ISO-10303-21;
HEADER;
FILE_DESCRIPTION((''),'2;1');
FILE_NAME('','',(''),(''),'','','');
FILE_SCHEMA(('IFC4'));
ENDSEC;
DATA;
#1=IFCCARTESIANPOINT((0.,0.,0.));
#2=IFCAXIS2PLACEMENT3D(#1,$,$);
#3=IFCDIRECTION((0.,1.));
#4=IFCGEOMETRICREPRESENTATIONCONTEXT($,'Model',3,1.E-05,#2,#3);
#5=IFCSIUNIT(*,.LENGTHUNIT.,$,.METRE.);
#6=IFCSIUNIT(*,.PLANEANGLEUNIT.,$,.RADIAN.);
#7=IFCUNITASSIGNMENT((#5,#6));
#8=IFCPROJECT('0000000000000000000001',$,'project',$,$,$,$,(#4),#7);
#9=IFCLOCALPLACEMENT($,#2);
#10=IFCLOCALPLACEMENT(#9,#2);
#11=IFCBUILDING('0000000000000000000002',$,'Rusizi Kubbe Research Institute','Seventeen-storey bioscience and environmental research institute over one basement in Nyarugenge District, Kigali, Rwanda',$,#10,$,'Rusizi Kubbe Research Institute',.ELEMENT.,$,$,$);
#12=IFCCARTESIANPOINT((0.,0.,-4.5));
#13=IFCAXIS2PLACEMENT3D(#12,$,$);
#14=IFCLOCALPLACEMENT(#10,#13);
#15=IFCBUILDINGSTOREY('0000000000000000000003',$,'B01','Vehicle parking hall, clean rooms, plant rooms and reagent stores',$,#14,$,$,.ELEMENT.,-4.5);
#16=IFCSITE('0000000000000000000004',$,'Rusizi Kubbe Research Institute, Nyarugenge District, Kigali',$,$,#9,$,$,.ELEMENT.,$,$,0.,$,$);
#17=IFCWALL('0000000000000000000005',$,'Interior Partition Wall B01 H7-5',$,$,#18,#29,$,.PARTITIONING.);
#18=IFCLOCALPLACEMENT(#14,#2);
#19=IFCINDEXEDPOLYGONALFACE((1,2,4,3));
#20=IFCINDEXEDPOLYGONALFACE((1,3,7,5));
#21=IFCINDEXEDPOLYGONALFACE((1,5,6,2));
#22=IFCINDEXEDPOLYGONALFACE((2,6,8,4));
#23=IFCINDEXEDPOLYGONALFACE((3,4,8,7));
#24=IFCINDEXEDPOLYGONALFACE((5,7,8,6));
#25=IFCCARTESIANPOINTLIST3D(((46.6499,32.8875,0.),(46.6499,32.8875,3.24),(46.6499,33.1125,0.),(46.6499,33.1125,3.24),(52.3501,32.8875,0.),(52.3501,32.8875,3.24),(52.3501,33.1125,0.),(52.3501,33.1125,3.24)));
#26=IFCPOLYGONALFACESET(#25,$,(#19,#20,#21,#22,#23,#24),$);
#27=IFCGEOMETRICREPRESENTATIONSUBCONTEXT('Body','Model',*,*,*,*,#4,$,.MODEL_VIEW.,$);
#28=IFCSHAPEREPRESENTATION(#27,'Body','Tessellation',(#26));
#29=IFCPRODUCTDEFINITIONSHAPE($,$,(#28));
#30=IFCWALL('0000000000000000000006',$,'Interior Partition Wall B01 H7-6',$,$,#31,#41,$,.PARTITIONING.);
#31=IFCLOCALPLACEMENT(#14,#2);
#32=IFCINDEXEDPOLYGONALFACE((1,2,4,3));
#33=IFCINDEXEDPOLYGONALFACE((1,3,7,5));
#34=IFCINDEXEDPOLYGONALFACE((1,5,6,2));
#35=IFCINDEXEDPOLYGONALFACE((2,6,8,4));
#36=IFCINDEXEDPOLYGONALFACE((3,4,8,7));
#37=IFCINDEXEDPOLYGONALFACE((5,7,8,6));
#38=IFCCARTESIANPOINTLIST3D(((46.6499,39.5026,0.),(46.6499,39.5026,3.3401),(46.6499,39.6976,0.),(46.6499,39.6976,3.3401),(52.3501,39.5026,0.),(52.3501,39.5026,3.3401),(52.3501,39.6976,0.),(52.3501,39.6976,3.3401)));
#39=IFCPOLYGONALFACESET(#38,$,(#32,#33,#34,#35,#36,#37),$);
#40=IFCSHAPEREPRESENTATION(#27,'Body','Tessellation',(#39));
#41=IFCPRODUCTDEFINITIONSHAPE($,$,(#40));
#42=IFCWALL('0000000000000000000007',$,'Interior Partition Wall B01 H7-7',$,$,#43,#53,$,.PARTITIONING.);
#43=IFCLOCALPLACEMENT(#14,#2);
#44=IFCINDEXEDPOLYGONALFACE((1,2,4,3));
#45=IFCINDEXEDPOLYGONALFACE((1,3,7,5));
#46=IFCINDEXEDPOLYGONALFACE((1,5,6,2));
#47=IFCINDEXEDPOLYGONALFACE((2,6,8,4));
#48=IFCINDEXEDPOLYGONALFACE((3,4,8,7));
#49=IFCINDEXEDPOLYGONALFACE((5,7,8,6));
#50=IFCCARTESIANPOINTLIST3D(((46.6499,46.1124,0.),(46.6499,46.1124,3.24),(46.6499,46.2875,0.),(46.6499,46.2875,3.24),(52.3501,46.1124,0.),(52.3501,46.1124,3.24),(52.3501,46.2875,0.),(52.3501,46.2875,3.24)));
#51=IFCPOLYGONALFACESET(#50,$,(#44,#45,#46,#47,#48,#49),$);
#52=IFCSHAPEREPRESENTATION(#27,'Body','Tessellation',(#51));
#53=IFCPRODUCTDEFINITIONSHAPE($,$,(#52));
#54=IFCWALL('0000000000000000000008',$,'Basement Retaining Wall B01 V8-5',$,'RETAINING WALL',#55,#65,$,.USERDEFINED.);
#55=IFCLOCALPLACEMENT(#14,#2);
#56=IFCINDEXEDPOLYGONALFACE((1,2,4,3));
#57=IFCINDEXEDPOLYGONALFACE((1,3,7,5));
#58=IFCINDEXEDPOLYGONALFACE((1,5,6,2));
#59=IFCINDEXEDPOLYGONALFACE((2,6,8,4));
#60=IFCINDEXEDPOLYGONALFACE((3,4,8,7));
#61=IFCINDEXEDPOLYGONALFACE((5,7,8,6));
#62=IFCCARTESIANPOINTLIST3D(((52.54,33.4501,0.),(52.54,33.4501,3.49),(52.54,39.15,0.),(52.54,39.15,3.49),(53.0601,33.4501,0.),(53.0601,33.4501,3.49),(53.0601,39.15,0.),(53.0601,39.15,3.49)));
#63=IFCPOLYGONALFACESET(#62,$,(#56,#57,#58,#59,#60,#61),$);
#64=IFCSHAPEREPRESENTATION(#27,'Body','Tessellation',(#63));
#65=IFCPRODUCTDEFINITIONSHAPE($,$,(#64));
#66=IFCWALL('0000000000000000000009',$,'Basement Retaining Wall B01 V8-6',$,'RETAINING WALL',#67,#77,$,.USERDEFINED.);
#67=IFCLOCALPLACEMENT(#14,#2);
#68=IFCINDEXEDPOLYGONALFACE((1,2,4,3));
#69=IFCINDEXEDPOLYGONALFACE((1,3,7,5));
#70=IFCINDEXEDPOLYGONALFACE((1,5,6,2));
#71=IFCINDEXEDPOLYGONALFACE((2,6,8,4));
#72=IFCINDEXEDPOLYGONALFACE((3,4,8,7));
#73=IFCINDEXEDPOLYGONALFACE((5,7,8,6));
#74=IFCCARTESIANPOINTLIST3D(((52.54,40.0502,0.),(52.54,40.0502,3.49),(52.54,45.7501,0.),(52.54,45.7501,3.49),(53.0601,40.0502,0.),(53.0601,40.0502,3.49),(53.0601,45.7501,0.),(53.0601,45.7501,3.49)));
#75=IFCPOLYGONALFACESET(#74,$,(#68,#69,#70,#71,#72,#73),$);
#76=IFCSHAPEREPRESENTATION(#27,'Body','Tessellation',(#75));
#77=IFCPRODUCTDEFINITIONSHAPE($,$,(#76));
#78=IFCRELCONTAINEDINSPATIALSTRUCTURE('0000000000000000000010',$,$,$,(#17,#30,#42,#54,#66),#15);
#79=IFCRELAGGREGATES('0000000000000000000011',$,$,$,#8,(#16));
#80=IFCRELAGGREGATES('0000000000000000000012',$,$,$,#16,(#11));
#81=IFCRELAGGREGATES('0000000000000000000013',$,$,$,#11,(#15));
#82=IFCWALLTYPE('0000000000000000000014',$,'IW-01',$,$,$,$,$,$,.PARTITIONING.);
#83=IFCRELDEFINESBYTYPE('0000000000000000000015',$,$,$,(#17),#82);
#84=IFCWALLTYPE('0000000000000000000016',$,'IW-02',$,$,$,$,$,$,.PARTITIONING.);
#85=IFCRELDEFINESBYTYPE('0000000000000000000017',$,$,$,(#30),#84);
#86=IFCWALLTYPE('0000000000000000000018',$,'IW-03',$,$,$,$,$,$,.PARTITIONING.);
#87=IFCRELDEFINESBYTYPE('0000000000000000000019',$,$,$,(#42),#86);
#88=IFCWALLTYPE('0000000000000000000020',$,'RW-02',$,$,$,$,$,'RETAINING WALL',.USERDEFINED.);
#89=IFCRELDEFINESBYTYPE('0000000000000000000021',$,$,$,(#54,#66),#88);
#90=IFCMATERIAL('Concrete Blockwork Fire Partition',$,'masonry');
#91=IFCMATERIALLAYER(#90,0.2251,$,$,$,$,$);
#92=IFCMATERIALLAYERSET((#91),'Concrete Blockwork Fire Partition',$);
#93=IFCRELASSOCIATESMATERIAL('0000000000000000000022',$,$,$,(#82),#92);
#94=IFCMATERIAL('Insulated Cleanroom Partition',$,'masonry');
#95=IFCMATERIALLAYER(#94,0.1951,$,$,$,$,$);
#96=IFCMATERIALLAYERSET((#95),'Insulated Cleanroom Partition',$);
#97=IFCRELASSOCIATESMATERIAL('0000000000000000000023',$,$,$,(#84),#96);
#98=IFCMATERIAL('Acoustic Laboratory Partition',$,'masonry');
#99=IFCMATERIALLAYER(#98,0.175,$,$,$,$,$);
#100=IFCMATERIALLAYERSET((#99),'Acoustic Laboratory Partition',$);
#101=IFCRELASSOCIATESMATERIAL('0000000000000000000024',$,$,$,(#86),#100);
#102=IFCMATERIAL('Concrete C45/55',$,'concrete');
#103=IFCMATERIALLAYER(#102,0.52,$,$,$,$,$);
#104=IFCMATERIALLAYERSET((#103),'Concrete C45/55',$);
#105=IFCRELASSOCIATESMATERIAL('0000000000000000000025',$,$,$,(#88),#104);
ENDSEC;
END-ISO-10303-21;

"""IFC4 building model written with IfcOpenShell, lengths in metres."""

from ifc_helpers import new_model, si_unit, direction, frame, frame_2d, origin, place, context, subcontext, project, spatial, rectangle, extrude, material, layer, layer_set, type_object, element, save


model = new_model("IFC4")

# Units and contexts
model_context = context("Model", 3, precision=1e-05, world=origin(), true_north=direction((0.0, 1.0)))
body_context = subcontext(model_context, "Body", "Model", "MODEL_VIEW")
ifc_project = project(units=[si_unit("LENGTHUNIT", "METRE"), si_unit("PLANEANGLEUNIT", "RADIAN")], contexts=[model_context])

# Site, building, storey
site_placement = place(None, origin())
site = spatial("IfcSite", under=ifc_project, at=site_placement, Name="Rusizi Kubbe Research Institute, Nyarugenge District, Kigali", CompositionType="ELEMENT", RefElevation=0.0)
building_placement = place(site_placement, origin())
building = spatial("IfcBuilding", under=site, at=building_placement, Name="Rusizi Kubbe Research Institute", Description="Seventeen-storey bioscience and environmental research institute over one basement in Nyarugenge District, Kigali, Rwanda", LongName="Rusizi Kubbe Research Institute", CompositionType="ELEMENT")
storey_placement = place(building_placement, frame((0.0, 0.0, -4.5)))
storey = spatial("IfcBuildingStorey", under=building, at=storey_placement, Name="B01", Description="Vehicle parking hall, clean rooms, plant rooms and reagent stores", CompositionType="ELEMENT", Elevation=-4.5)

# Walls
ifc_material_1 = material(Name="Concrete Blockwork Fire Partition", Category="masonry")
ifc_layer_1 = layer(ifc_material_1, 0.2251)
ifc_layer_set_1 = layer_set([ifc_layer_1], Name="Concrete Blockwork Fire Partition")
wall_type_1 = type_object("IfcWallType", Name="IW-01", PredefinedType="PARTITIONING", material=ifc_layer_set_1)
wall_1_placement = place(storey_placement, frame((46.6499, 33.0, 0.0), z_axis=(0.0, 0.0, 1.0), x_axis=(1.0, 0.0, 0.0)))
element("IfcWall", 1, at=wall_1_placement, inside=storey, type_object=wall_type_1, Name="Interior Partition Wall B01 H7-5", PredefinedType="PARTITIONING", context=body_context, shape_type="SweptSolid", body=[
    extrude(rectangle(XDim=5.7002, YDim=0.2251, at=frame_2d((2.8501, 0.0))), origin(), (0.0, 0.0, 1.0), 3.24),
])
ifc_material_2 = material(Name="Insulated Cleanroom Partition", Category="masonry")
ifc_layer_2 = layer(ifc_material_2, 0.1951)
ifc_layer_set_2 = layer_set([ifc_layer_2], Name="Insulated Cleanroom Partition")
wall_type_2 = type_object("IfcWallType", Name="IW-02", PredefinedType="PARTITIONING", material=ifc_layer_set_2)
wall_2_placement = place(storey_placement, frame((46.6499, 39.6001, 0.0), z_axis=(0.0, 0.0, 1.0), x_axis=(1.0, 0.0, 0.0)))
element("IfcWall", 2, at=wall_2_placement, inside=storey, type_object=wall_type_2, Name="Interior Partition Wall B01 H7-6", PredefinedType="PARTITIONING", context=body_context, shape_type="SweptSolid", body=[
    extrude(rectangle(XDim=5.7002, YDim=0.1951, at=frame_2d((2.8501, 0.0))), origin(), (0.0, 0.0, 1.0), 3.3401),
])
ifc_material_3 = material(Name="Acoustic Laboratory Partition", Category="masonry")
ifc_layer_3 = layer(ifc_material_3, 0.175)
ifc_layer_set_3 = layer_set([ifc_layer_3], Name="Acoustic Laboratory Partition")
wall_type_3 = type_object("IfcWallType", Name="IW-03", PredefinedType="PARTITIONING", material=ifc_layer_set_3)
wall_3_placement = place(storey_placement, frame((46.6499, 46.2, 0.0), z_axis=(0.0, 0.0, 1.0), x_axis=(1.0, 0.0, 0.0)))
element("IfcWall", 3, at=wall_3_placement, inside=storey, type_object=wall_type_3, Name="Interior Partition Wall B01 H7-7", PredefinedType="PARTITIONING", context=body_context, shape_type="SweptSolid", body=[
    extrude(rectangle(XDim=5.7002, YDim=0.175, at=frame_2d((2.8501, 0.0))), origin(), (0.0, 0.0, 1.0), 3.24),
])
ifc_material_4 = material(Name="Concrete C45/55", Category="concrete")
ifc_layer_4 = layer(ifc_material_4, 0.52)
ifc_layer_set_4 = layer_set([ifc_layer_4], Name="Concrete C45/55")
wall_type_4 = type_object("IfcWallType", Name="RW-02", ElementType="RETAINING WALL", PredefinedType="USERDEFINED", material=ifc_layer_set_4)
for number, where, z_axis, x_axis, name in (
    (4, (52.8, 33.45, 0.0), (0.0, 0.0, 1.0), (0.0, 1.0, 0.0), "Basement Retaining Wall B01 V8-5"),
    (5, (52.8, 40.05, 0.0), (0.0, 0.0, 1.0), (0.0, 1.0, 0.0), "Basement Retaining Wall B01 V8-6"),
):
    element("IfcWall", number, at=place(storey_placement, frame(where, z_axis=z_axis, x_axis=x_axis)), inside=storey, type_object=wall_type_4, Name=name, ObjectType="RETAINING WALL", PredefinedType="USERDEFINED", context=body_context, shape_type="SweptSolid", body=[
        extrude(rectangle(XDim=5.7, YDim=0.52, at=frame_2d((2.8501, 0.0))), origin(), (0.0, 0.0, 1.0), 3.49),
    ])

save(model, "model.ifc")
